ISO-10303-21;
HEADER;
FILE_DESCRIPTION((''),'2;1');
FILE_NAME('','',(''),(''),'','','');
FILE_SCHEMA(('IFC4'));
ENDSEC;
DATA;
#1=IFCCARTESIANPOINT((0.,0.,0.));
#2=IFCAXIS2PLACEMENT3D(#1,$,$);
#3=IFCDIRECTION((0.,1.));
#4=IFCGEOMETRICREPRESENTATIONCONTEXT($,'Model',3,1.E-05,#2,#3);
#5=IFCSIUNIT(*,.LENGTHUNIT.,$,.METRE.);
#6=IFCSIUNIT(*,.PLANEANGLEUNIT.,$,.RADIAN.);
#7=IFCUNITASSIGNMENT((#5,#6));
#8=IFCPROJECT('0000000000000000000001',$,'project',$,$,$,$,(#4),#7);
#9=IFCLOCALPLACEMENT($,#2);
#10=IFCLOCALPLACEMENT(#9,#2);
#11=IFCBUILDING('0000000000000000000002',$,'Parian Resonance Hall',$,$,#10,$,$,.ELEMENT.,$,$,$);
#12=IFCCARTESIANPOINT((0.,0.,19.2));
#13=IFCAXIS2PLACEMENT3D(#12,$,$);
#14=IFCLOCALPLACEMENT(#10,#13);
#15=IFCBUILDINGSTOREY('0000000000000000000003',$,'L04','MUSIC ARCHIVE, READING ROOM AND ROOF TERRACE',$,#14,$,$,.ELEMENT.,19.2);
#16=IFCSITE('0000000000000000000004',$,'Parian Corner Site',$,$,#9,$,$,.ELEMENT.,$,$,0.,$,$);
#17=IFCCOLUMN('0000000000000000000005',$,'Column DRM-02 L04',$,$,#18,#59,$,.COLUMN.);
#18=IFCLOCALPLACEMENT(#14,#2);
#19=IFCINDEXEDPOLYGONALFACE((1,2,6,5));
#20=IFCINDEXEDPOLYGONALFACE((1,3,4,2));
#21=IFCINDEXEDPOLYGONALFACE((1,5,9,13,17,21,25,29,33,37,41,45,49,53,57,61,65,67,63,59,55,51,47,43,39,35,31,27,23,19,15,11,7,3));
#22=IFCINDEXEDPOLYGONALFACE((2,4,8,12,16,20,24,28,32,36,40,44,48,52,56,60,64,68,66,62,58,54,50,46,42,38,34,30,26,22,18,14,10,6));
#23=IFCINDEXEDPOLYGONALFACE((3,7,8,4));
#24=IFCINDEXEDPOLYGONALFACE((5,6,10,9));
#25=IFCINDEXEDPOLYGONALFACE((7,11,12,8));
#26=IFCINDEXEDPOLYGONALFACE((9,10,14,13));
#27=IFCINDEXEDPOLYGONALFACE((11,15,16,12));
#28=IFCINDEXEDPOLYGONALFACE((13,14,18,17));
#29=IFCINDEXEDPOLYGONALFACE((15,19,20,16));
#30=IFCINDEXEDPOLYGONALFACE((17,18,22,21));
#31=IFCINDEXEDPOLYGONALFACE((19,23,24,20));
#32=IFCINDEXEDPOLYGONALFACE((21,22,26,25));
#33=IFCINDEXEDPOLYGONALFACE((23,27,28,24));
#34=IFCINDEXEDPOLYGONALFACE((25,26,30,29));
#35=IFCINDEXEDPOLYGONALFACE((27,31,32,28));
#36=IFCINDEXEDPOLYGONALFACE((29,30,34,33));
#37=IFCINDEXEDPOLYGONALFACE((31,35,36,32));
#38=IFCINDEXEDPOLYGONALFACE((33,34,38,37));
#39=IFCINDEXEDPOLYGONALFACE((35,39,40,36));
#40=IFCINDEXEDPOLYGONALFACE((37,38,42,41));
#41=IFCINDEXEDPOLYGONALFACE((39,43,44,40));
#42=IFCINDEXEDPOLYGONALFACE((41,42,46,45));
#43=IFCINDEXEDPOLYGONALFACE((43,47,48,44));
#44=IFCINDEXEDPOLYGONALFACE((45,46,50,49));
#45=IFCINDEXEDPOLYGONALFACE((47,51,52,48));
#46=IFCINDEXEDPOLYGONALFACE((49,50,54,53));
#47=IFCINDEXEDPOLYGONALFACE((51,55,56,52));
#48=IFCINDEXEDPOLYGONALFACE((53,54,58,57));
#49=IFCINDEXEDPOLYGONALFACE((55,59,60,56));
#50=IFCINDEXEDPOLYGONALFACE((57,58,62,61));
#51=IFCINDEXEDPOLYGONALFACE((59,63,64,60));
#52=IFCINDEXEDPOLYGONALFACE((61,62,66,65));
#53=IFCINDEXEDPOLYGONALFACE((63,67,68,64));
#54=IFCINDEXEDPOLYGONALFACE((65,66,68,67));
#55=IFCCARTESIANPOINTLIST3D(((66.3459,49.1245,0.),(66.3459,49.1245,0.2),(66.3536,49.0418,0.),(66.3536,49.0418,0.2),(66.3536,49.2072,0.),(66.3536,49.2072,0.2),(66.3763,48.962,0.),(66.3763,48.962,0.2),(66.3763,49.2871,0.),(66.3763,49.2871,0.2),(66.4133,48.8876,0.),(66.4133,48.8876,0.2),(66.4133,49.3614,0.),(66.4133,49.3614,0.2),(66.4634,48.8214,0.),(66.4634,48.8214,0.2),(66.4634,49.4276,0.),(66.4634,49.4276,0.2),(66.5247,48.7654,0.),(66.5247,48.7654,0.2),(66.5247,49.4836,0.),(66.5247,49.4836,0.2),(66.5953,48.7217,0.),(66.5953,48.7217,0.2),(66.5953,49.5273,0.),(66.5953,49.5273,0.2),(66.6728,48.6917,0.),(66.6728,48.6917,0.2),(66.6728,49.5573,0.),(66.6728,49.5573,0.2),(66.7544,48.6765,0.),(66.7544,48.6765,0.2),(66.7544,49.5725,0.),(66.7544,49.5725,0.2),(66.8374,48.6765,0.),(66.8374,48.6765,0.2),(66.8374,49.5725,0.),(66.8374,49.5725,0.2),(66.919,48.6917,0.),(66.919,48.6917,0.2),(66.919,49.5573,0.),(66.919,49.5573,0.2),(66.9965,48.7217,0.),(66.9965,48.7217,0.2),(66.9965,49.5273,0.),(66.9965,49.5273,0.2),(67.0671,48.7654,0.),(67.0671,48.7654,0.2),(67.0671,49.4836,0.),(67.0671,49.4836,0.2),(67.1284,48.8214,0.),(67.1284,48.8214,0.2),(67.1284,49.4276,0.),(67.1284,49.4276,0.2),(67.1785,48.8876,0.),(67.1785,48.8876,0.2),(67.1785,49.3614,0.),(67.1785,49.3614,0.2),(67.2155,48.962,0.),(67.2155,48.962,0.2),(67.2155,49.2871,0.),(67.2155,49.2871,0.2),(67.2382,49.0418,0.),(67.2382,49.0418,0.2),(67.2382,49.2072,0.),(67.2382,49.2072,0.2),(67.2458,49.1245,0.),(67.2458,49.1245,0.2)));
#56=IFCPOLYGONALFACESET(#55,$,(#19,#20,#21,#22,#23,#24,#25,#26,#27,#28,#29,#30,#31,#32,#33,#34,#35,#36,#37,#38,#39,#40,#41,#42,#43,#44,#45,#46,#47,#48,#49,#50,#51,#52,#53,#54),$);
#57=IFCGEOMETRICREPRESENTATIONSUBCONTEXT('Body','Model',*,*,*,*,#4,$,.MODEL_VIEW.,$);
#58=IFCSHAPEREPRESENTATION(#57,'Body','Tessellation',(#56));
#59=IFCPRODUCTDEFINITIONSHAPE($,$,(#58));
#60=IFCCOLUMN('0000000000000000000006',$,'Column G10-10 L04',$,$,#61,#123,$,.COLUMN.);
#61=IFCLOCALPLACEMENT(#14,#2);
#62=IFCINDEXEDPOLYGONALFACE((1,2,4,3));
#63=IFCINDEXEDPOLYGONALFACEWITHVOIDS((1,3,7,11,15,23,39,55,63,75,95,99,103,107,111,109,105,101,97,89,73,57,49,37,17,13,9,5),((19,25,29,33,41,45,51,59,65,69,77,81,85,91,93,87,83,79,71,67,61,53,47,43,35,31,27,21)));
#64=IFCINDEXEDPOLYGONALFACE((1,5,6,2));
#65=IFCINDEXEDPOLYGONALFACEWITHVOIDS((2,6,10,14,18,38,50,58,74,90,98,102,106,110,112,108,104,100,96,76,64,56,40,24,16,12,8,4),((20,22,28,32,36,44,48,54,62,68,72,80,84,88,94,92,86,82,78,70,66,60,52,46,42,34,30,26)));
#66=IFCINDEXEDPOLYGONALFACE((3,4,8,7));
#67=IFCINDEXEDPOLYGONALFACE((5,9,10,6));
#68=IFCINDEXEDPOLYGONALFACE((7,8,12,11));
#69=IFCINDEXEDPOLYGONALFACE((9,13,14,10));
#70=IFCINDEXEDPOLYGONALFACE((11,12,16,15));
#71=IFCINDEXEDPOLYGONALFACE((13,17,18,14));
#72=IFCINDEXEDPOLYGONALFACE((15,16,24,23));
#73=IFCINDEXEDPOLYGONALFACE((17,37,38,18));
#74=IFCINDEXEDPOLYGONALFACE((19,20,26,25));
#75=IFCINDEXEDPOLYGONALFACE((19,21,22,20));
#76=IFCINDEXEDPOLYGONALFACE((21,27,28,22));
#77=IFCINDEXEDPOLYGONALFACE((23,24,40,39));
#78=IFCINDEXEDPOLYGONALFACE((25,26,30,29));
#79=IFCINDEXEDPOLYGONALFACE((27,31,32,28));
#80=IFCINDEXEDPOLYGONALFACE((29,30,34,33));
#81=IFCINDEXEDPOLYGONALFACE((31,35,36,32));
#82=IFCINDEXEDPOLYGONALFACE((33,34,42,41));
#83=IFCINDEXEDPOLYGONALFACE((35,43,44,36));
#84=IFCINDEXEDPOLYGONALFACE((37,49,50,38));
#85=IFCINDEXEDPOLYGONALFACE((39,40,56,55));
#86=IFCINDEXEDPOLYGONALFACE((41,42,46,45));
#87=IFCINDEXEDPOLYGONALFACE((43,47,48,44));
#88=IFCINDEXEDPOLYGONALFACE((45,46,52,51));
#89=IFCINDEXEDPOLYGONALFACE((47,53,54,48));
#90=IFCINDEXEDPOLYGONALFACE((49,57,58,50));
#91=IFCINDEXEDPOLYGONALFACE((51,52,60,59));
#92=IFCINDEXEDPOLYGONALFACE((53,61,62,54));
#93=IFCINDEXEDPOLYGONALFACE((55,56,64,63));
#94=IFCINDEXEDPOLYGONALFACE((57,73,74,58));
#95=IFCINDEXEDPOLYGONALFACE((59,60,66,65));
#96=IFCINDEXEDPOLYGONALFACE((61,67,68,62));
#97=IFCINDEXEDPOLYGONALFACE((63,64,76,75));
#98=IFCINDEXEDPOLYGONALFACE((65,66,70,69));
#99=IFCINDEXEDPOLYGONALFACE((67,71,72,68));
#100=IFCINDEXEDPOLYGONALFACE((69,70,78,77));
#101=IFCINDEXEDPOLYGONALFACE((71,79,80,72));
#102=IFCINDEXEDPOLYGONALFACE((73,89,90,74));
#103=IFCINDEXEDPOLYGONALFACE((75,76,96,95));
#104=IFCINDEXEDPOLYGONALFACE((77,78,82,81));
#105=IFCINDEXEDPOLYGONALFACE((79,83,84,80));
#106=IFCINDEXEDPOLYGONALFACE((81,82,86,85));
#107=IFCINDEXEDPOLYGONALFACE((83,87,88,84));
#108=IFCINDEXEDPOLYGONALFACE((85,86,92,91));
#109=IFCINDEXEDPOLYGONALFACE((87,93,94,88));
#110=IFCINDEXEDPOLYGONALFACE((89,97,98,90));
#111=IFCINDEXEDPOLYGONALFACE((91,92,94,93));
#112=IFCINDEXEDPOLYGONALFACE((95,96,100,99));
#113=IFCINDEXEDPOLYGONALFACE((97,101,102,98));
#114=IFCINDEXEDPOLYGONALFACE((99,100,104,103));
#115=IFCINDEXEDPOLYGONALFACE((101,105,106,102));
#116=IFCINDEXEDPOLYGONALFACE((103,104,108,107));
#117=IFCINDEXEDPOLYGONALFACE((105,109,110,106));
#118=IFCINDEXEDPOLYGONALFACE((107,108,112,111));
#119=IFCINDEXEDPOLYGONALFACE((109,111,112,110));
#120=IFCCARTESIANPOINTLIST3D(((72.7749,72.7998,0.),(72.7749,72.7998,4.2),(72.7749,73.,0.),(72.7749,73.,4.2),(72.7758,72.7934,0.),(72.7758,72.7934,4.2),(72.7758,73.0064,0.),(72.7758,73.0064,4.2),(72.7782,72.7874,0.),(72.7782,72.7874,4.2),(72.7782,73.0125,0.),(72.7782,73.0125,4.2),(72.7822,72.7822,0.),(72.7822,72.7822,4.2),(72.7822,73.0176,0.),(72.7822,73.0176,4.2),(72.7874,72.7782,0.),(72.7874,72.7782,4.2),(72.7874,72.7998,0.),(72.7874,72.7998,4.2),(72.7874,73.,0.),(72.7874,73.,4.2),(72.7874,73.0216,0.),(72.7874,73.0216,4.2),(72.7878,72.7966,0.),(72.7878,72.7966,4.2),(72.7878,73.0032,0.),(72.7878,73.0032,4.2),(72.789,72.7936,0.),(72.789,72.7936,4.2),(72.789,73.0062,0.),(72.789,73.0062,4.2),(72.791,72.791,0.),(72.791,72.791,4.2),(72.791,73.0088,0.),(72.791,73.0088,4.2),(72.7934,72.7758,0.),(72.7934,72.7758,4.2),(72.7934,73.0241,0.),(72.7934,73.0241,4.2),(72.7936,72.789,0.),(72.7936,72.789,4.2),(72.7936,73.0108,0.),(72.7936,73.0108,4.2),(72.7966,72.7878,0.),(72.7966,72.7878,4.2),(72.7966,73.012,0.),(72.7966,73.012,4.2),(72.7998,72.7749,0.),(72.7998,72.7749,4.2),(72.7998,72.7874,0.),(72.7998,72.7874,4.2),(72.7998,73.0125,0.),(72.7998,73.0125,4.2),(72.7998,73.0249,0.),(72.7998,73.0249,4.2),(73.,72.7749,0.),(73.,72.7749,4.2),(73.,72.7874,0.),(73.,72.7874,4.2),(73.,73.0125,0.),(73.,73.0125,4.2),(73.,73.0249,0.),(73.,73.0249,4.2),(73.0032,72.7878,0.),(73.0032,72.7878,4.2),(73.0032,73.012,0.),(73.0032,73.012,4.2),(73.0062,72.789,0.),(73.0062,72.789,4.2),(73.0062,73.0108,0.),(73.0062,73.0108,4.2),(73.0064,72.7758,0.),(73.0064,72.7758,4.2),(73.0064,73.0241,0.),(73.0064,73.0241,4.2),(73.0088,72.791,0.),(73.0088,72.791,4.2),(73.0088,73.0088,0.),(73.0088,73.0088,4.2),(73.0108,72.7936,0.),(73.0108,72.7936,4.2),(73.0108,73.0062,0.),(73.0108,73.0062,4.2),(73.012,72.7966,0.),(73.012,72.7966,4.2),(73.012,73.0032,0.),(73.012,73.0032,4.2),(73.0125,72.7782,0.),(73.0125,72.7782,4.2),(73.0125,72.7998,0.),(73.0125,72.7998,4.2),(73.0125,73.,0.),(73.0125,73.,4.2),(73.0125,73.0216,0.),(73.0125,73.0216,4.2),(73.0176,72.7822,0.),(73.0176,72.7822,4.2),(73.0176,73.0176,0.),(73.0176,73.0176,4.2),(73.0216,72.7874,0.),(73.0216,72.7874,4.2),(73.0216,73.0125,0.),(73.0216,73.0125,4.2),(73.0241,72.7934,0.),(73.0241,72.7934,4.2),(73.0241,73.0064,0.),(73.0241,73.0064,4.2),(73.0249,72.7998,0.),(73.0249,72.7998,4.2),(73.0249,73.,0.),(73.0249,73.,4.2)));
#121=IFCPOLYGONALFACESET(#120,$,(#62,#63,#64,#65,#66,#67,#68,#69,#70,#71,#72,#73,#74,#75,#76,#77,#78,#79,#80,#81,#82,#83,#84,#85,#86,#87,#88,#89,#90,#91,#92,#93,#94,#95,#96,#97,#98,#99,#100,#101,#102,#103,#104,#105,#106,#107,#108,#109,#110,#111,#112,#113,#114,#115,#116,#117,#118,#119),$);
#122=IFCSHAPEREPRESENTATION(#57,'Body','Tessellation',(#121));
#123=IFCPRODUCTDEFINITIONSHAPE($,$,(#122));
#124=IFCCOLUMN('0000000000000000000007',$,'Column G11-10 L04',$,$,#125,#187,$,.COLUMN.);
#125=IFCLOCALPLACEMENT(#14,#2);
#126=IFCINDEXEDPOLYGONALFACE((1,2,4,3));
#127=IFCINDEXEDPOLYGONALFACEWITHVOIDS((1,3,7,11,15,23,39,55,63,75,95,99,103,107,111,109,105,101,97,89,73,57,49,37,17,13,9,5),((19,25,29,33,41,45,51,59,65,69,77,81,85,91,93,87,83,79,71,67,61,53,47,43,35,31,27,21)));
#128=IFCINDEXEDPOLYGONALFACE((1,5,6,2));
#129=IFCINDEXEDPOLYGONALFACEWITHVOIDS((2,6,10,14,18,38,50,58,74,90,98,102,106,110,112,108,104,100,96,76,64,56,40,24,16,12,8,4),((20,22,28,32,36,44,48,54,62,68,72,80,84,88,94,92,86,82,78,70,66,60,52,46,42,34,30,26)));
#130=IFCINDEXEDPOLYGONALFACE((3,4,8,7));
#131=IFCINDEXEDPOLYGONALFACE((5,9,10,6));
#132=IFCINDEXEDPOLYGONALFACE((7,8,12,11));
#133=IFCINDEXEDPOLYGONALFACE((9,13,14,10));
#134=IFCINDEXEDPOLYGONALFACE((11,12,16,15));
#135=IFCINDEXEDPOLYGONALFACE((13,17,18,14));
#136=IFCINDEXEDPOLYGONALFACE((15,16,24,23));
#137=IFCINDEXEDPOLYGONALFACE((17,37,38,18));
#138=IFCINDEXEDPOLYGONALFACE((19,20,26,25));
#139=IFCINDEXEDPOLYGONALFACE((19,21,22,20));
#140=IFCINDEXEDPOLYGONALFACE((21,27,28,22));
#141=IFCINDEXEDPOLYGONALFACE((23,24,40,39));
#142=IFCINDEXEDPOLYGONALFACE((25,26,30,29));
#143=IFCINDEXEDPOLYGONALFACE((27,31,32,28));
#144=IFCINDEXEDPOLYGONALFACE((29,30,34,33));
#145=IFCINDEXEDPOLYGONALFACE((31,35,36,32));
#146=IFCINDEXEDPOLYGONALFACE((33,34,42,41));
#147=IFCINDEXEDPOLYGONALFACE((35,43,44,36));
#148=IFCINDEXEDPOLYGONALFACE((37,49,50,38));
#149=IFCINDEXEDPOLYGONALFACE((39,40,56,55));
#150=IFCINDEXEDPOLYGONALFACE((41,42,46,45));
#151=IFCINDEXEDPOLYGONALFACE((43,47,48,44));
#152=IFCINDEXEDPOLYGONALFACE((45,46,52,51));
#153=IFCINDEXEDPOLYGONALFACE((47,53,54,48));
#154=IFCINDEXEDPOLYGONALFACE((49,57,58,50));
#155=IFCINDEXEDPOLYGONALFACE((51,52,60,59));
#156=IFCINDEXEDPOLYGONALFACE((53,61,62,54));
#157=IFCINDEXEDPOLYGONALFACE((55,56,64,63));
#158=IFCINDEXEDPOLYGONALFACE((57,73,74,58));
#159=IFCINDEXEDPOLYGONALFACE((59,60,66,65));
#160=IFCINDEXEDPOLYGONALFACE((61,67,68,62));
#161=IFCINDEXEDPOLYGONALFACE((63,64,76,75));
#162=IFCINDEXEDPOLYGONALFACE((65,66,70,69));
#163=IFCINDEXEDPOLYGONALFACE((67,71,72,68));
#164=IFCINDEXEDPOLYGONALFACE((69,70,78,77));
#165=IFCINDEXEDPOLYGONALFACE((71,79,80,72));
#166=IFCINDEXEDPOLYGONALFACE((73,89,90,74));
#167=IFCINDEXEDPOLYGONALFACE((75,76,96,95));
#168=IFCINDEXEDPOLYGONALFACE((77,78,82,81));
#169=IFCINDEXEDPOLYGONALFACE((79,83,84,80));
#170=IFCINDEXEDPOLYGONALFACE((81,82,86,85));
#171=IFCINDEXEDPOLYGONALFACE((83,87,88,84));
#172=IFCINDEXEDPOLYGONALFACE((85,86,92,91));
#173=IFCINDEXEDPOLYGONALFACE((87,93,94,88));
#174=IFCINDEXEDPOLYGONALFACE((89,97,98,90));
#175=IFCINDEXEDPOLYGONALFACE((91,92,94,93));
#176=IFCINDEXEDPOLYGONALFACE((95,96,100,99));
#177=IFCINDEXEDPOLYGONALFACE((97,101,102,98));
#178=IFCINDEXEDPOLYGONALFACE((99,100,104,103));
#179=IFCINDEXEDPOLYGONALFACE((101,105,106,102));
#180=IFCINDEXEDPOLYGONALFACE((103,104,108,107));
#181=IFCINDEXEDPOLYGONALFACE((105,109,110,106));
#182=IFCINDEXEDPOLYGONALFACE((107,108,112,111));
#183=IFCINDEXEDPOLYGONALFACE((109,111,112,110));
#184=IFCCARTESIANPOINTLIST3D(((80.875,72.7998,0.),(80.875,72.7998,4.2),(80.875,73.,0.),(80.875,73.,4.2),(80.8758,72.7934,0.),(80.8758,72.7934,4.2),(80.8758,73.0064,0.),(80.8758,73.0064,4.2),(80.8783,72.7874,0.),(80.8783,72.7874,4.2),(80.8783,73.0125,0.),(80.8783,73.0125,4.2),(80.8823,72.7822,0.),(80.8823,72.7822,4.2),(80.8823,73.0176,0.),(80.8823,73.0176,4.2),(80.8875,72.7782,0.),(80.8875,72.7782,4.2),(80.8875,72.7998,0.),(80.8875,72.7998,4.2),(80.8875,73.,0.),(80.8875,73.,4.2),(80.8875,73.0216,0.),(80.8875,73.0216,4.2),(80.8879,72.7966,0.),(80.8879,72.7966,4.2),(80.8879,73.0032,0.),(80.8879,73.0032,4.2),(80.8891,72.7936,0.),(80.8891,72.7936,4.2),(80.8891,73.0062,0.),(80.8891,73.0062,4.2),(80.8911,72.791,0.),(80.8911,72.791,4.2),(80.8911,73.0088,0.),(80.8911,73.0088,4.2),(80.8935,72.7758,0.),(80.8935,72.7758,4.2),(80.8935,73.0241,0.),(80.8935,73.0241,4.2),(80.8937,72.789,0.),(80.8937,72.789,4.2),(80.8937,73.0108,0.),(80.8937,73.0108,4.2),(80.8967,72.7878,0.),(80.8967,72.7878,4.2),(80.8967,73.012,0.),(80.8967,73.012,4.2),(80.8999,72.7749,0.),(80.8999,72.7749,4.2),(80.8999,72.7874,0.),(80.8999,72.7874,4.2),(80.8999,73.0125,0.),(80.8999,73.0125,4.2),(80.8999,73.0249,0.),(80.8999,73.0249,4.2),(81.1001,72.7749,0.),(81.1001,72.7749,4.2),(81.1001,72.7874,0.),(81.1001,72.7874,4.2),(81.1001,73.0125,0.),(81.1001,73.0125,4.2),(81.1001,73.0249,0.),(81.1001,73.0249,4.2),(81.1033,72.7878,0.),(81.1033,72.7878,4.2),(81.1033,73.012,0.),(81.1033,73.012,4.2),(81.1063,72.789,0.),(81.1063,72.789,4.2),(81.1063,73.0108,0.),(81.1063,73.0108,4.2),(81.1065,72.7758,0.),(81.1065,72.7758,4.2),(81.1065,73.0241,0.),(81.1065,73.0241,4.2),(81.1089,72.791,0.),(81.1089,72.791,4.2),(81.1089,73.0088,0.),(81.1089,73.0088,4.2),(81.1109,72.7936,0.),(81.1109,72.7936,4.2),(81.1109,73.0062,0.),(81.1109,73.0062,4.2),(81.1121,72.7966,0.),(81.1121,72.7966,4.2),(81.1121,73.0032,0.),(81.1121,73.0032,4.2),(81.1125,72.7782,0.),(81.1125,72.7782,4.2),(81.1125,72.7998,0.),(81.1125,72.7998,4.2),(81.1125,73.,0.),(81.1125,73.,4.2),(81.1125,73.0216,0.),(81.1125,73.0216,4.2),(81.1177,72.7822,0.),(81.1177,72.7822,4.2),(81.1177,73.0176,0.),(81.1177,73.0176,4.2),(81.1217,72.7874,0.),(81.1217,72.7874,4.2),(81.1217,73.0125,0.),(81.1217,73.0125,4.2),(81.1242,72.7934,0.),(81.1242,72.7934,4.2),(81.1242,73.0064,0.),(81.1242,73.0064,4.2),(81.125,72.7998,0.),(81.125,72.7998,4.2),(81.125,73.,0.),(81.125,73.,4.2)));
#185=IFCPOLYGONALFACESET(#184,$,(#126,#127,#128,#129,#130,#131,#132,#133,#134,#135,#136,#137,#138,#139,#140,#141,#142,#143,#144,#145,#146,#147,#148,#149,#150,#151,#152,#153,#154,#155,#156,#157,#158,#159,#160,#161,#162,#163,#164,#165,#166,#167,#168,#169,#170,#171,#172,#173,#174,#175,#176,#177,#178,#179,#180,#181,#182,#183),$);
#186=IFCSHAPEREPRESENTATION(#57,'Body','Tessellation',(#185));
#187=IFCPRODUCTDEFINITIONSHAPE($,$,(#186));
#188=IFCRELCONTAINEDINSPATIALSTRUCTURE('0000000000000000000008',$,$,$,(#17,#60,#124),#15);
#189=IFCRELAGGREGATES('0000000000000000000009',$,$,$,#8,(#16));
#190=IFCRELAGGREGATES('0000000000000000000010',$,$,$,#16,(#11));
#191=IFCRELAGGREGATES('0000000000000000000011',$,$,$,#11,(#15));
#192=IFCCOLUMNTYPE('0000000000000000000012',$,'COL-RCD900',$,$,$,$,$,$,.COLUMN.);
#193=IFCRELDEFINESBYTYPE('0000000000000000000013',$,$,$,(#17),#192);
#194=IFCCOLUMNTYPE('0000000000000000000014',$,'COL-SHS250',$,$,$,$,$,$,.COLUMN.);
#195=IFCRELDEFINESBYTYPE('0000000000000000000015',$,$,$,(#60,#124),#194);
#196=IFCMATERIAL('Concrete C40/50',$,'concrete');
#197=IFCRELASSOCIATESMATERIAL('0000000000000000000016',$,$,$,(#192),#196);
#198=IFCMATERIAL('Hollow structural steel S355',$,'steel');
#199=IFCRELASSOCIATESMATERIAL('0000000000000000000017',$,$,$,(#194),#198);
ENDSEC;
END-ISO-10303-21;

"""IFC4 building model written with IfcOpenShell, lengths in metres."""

from ifc_helpers import new_model, si_unit, direction, frame, origin, origin_2d, place, context, subcontext, project, spatial, hollow_rectangle, circle, extrude, material, material_profile, profile_set, type_object, element, save


model = new_model("IFC4")

# Units and contexts
model_context = context("Model", 3, precision=1e-05, world=origin(), true_north=direction((0.0, 1.0)))
body_context = subcontext(model_context, "Body", "Model", "MODEL_VIEW")
ifc_project = project(units=[si_unit("LENGTHUNIT", "METRE"), si_unit("PLANEANGLEUNIT", "RADIAN")], contexts=[model_context])

# Site, building, storey
site_placement = place(None, origin())
site = spatial("IfcSite", under=ifc_project, at=site_placement, Name="Parian Corner Site", CompositionType="ELEMENT", RefElevation=0.0)
building_placement = place(site_placement, origin())
building = spatial("IfcBuilding", under=site, at=building_placement, Name="Parian Resonance Hall", CompositionType="ELEMENT")
storey_placement = place(building_placement, frame((0.0, 0.0, 19.2)))
storey = spatial("IfcBuildingStorey", under=building, at=storey_placement, Name="L04", Description="MUSIC ARCHIVE, READING ROOM AND ROOF TERRACE", CompositionType="ELEMENT", Elevation=19.2)

# Columns
ifc_material_1 = material(Name="Concrete C40/50", Category="concrete")
ifc_material_profile_1 = material_profile(ifc_material_1, circle(Radius=0.45, at=origin_2d()), Name="RC-COL-D900")
ifc_profile_set_1 = profile_set([ifc_material_profile_1], Name="Concrete C40/50")
column_type_1 = type_object("IfcColumnType", Name="COL-RCD900", PredefinedType="COLUMN", material=ifc_profile_set_1)
column_1_placement = place(storey_placement, frame((66.7959, 49.1245, 0.0), z_axis=(0.0, 0.0, 1.0), x_axis=(1.0, 0.0, 0.0)))
element("IfcColumn", 1, at=column_1_placement, inside=storey, type_object=column_type_1, Name="Column DRM-02 L04", PredefinedType="COLUMN", context=body_context, shape_type="SweptSolid", body=[
    extrude(circle(Radius=0.45, at=origin_2d()), origin(), (0.0, 0.0, 1.0), 0.2),
])
ifc_material_2 = material(Name="Hollow structural steel S355", Category="steel")
ifc_material_profile_2 = material_profile(ifc_material_2, hollow_rectangle(XDim=0.25, YDim=0.25, WallThickness=0.0125, InnerFilletRadius=0.0125, OuterFilletRadius=0.0249, at=origin_2d()), Name="SHS250x250x12.5")
ifc_profile_set_2 = profile_set([ifc_material_profile_2], Name="Hollow structural steel S355")
column_type_2 = type_object("IfcColumnType", Name="COL-SHS250", PredefinedType="COLUMN", material=ifc_profile_set_2)
for number, where, z_axis, x_axis, name in (
    (2, (72.8999, 72.8999, 0.0), (0.0, 0.0, 1.0), (1.0, 0.0, 0.0), "Column G10-10 L04"),
    (3, (81.0, 72.8999, 0.0), (0.0, 0.0, 1.0), (1.0, 0.0, 0.0), "Column G11-10 L04"),
):
    element("IfcColumn", number, at=place(storey_placement, frame(where, z_axis=z_axis, x_axis=x_axis)), inside=storey, type_object=column_type_2, Name=name, PredefinedType="COLUMN", context=body_context, shape_type="SweptSolid", body=[
        extrude(hollow_rectangle(XDim=0.25, YDim=0.25, WallThickness=0.0125, InnerFilletRadius=0.0125, OuterFilletRadius=0.0249, at=origin_2d()), origin(), (0.0, 0.0, 1.0), 4.2),
    ])

save(model, "model.ifc")
